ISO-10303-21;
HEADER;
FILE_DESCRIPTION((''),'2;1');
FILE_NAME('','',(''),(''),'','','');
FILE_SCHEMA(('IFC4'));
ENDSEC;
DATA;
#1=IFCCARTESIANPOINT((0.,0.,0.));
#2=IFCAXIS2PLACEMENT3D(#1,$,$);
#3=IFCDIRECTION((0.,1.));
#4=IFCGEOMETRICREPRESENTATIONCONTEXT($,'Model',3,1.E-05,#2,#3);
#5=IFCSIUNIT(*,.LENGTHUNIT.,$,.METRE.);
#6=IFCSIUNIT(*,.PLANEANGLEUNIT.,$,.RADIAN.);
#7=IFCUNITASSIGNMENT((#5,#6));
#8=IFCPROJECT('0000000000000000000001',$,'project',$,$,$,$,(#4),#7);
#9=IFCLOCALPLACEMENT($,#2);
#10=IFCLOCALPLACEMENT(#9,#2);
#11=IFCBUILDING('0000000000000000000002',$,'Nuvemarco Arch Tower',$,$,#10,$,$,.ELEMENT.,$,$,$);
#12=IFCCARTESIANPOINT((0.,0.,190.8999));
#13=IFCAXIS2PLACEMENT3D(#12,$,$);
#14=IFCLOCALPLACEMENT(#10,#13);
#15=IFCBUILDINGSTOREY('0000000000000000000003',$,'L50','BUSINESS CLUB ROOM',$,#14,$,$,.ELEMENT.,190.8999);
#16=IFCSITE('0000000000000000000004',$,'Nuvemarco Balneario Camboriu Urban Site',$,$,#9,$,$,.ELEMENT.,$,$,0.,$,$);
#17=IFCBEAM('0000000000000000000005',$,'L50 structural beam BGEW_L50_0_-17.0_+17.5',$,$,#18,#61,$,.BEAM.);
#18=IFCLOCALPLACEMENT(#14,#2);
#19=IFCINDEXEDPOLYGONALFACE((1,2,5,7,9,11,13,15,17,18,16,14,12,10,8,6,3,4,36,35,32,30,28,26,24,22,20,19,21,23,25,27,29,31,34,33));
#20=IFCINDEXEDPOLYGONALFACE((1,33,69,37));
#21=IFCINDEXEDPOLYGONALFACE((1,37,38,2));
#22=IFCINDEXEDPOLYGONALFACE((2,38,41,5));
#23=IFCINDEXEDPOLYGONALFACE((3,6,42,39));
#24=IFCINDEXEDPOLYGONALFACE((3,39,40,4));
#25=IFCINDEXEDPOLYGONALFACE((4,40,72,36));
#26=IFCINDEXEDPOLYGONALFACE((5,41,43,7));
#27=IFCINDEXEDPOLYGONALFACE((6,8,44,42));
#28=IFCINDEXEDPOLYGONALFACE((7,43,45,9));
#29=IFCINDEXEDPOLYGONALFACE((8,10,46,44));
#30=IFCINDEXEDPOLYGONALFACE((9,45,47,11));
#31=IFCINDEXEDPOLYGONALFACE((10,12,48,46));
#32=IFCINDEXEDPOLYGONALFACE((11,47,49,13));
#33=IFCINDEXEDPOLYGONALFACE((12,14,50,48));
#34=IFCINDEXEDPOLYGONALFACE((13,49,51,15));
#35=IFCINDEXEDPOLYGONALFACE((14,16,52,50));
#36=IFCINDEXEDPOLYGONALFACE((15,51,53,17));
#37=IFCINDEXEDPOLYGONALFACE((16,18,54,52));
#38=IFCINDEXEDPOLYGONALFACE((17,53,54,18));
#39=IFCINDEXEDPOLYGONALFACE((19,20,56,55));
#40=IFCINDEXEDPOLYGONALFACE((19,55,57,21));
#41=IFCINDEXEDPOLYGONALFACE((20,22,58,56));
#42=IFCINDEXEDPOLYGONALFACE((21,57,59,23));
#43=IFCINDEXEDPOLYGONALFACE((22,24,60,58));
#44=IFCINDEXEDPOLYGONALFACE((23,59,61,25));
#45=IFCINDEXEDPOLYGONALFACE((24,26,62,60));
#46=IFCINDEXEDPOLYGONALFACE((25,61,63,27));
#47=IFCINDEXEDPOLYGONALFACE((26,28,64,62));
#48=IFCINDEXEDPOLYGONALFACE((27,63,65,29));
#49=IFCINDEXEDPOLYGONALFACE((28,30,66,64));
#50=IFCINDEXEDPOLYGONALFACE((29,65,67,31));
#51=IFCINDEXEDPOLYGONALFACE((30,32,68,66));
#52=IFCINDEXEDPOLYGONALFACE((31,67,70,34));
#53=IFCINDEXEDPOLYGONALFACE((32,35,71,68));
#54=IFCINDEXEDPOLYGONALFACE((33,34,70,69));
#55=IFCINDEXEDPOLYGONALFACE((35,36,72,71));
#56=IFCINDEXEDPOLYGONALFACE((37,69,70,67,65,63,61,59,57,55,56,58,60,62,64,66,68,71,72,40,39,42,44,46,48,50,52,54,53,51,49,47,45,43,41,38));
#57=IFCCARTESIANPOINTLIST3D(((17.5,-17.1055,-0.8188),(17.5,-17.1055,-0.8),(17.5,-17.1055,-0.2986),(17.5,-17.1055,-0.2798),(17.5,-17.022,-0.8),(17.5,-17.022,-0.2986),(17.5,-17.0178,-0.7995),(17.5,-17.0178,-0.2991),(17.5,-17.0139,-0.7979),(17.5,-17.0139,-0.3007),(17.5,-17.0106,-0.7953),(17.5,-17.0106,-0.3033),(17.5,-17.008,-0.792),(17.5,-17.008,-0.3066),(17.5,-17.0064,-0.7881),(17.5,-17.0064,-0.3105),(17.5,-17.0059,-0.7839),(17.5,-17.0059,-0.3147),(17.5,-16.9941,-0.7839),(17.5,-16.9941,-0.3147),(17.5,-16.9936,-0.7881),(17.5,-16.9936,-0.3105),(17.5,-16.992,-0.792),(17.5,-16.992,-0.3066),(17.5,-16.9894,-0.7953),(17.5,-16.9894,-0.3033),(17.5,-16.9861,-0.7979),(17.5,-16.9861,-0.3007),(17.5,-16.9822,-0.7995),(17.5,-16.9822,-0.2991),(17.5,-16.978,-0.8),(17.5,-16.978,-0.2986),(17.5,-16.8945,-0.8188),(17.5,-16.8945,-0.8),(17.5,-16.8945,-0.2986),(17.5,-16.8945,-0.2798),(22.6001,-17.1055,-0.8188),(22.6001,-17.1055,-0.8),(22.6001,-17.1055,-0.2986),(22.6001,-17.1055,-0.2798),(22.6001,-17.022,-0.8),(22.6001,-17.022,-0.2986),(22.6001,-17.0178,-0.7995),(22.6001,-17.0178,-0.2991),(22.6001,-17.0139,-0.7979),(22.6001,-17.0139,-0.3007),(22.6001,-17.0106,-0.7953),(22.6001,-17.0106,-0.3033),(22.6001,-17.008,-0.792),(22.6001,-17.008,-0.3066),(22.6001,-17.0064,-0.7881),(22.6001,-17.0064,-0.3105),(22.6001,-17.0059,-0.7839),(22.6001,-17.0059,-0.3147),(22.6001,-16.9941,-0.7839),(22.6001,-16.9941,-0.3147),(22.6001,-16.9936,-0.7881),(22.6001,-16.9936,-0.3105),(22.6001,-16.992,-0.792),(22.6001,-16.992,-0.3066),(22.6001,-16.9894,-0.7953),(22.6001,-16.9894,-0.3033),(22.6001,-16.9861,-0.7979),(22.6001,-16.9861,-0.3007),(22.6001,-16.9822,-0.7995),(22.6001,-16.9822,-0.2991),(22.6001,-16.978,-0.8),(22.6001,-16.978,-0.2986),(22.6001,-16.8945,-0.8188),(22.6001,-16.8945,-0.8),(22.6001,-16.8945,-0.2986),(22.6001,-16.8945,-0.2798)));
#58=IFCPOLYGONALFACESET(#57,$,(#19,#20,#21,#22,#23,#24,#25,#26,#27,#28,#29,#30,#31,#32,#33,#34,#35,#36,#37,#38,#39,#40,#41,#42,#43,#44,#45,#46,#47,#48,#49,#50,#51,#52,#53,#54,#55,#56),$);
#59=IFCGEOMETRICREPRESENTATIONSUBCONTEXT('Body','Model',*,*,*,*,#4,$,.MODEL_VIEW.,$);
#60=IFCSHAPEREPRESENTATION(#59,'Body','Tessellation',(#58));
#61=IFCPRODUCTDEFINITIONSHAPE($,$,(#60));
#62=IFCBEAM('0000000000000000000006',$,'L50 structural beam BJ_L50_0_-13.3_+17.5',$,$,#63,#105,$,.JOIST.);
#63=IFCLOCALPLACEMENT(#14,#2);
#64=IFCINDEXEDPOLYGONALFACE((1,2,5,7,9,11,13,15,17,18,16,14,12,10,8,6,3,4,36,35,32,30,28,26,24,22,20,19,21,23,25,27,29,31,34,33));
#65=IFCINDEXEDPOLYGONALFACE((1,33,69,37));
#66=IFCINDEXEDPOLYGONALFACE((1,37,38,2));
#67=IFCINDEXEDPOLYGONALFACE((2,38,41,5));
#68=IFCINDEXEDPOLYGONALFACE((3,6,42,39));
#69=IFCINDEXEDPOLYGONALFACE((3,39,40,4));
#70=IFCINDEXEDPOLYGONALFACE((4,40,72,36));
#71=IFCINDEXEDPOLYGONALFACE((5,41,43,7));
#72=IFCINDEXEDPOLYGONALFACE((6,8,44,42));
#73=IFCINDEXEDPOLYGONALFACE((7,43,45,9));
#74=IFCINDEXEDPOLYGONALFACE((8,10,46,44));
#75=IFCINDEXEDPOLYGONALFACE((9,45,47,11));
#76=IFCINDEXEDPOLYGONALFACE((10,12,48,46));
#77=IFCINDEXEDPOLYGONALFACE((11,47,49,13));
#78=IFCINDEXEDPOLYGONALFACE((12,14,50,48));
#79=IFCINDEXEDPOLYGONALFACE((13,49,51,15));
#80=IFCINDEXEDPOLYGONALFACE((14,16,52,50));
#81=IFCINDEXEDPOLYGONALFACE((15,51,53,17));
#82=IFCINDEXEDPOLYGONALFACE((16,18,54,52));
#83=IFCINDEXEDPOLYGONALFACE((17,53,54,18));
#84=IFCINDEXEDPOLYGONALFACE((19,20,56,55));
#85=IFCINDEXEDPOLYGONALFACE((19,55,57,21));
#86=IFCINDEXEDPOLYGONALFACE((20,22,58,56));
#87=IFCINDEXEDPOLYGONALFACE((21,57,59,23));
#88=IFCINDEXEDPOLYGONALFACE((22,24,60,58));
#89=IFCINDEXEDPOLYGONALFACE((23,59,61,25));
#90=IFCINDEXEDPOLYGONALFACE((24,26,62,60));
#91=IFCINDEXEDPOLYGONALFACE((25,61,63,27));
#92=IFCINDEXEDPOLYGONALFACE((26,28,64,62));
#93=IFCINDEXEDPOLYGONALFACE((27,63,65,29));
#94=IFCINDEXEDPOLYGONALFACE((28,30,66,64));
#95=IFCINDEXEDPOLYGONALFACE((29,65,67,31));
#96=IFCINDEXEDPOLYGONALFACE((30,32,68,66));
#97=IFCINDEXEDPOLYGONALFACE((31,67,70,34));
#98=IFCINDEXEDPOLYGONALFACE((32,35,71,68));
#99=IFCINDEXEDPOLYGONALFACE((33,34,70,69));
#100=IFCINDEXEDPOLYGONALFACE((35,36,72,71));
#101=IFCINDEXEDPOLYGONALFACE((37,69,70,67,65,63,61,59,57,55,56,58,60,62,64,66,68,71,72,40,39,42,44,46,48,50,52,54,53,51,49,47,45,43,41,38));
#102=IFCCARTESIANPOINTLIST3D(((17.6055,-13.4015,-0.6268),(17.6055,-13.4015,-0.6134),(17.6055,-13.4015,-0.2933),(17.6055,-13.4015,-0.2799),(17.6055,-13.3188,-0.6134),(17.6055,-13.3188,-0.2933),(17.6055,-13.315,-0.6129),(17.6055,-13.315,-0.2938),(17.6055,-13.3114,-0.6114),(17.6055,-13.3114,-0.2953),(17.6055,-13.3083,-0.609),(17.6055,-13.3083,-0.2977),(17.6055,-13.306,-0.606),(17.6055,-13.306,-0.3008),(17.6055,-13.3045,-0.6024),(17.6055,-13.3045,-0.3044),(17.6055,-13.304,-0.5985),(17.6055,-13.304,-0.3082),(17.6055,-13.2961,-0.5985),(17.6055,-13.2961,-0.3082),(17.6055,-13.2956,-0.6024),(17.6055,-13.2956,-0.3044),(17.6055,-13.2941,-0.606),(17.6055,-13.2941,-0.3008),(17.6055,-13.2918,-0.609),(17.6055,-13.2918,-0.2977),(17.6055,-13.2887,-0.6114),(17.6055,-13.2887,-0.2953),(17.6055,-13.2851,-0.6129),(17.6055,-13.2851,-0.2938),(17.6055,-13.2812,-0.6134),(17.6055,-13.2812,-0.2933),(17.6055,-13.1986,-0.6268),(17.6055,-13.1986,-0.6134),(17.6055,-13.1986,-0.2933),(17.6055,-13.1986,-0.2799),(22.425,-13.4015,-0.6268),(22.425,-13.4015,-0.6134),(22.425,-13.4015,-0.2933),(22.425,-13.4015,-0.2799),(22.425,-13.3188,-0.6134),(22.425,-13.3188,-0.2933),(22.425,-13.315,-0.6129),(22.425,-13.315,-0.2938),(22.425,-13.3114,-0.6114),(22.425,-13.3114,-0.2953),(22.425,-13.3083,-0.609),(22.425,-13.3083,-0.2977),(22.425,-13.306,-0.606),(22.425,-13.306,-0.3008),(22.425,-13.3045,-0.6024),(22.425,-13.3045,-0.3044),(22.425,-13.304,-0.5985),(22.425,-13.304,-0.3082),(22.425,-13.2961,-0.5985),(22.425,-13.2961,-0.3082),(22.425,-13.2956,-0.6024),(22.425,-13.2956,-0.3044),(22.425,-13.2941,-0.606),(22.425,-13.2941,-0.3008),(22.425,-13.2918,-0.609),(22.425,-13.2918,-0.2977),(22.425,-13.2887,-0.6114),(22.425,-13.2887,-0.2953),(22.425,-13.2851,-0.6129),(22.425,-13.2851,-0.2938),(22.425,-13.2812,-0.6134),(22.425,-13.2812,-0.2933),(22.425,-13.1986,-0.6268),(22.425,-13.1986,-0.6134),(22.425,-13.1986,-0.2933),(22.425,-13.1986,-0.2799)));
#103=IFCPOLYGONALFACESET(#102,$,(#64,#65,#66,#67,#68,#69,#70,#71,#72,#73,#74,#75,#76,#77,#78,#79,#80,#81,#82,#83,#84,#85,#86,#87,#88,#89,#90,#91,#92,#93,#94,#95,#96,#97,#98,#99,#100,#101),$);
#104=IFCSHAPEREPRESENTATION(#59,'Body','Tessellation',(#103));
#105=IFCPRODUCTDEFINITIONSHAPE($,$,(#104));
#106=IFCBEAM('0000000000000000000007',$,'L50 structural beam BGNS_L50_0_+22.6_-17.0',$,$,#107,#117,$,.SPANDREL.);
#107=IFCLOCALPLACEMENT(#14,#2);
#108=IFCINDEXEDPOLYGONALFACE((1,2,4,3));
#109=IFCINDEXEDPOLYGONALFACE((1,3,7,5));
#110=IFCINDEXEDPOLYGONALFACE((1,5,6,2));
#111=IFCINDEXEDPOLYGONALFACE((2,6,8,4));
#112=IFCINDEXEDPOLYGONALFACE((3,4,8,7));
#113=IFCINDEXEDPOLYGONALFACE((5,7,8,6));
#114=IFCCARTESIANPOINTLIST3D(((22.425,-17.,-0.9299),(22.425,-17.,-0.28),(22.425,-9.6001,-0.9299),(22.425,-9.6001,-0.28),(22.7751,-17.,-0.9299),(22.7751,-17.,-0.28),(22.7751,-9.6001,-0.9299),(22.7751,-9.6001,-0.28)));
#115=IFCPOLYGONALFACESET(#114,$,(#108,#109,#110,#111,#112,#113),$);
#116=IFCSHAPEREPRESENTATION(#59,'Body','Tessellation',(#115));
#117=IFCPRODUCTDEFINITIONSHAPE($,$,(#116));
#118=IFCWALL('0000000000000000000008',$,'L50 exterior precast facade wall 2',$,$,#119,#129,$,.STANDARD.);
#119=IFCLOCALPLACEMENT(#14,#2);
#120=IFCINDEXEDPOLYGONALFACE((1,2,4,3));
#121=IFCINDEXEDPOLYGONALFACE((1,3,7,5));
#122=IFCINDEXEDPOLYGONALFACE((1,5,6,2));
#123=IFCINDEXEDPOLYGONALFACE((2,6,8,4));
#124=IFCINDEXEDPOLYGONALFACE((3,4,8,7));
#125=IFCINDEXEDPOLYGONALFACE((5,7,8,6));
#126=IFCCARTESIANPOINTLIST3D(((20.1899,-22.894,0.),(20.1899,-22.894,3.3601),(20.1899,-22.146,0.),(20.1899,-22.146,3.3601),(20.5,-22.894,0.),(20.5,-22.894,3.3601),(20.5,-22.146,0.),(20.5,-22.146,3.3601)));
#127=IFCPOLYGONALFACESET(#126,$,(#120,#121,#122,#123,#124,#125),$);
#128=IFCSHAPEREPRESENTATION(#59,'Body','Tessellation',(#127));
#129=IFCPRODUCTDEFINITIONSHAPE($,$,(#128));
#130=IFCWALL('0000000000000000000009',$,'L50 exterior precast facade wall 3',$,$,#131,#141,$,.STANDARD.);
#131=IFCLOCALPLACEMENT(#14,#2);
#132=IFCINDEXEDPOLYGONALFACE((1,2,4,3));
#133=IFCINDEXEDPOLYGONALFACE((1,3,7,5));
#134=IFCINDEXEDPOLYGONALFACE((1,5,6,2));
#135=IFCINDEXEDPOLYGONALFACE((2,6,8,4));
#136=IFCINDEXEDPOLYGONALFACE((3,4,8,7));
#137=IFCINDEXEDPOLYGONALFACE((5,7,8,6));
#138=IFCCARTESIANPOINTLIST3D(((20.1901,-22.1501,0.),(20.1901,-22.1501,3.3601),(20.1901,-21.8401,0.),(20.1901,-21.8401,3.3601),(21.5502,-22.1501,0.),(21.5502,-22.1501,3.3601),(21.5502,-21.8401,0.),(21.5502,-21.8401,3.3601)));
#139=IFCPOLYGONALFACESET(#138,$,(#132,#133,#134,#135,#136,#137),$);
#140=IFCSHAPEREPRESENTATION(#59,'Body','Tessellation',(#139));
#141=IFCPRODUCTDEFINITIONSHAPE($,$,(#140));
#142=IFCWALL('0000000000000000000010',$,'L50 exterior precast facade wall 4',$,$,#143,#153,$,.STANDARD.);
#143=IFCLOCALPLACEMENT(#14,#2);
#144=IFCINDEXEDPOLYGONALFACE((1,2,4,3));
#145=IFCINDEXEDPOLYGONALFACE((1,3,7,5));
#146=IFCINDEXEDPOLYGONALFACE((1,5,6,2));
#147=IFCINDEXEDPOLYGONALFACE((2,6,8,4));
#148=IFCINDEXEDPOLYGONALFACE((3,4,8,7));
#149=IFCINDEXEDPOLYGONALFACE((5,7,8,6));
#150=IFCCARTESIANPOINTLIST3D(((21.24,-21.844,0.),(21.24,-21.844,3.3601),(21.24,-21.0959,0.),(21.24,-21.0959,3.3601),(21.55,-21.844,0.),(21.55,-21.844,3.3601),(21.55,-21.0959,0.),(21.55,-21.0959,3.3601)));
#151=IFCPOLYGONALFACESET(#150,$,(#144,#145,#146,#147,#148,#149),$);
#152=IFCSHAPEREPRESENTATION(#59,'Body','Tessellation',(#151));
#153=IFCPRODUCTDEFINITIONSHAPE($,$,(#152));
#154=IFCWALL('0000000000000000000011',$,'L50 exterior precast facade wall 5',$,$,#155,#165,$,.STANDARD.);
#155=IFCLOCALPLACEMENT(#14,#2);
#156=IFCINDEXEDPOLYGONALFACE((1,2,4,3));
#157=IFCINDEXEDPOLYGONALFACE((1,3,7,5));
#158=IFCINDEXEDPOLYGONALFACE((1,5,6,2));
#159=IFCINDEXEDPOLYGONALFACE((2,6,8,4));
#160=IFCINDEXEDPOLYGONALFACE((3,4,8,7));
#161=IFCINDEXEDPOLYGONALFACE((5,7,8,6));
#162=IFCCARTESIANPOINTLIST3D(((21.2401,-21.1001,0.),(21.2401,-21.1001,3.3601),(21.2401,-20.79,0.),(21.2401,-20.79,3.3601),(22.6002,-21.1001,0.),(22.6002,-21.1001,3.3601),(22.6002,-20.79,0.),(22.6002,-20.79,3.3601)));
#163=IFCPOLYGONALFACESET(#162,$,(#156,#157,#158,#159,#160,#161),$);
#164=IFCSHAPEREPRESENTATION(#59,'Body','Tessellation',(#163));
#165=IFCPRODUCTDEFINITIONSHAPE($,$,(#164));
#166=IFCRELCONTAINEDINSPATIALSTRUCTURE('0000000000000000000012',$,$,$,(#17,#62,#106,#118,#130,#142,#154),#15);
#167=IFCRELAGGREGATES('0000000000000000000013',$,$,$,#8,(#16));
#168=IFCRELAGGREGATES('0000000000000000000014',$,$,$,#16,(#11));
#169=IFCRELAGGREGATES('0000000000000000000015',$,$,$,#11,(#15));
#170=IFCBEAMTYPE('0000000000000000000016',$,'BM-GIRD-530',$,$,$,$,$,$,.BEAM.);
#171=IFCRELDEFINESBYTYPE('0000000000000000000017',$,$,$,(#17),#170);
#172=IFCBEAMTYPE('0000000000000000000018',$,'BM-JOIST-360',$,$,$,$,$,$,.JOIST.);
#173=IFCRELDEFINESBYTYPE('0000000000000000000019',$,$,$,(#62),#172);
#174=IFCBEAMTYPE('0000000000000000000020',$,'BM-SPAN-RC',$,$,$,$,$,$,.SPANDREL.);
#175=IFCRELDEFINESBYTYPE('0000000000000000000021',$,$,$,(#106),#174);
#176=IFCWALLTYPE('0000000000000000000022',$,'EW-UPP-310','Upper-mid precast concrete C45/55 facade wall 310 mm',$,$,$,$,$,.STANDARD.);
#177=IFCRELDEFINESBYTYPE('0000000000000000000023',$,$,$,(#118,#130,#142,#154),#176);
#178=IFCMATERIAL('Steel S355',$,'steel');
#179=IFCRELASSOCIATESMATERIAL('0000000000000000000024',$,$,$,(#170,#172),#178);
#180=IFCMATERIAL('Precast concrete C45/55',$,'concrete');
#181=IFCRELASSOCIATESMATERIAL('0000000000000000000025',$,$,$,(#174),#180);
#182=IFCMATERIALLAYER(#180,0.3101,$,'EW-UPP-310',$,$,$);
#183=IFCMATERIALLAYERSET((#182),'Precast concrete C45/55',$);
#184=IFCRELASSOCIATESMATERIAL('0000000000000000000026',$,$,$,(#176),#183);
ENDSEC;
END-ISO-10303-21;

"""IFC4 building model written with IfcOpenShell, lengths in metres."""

from ifc_helpers import new_model, si_unit, direction, frame, frame_2d, origin, origin_2d, place, context, subcontext, project, spatial, rectangle, i_section, extrude, material, layer, layer_set, material_profile, profile_set, type_object, element, save


model = new_model("IFC4")

# Units and contexts
model_context = context("Model", 3, precision=1e-05, world=origin(), true_north=direction((0.0, 1.0)))
body_context = subcontext(model_context, "Body", "Model", "MODEL_VIEW")
ifc_project = project(units=[si_unit("LENGTHUNIT", "METRE"), si_unit("PLANEANGLEUNIT", "RADIAN")], contexts=[model_context])

# Site, building, storey
site_placement = place(None, origin())
site = spatial("IfcSite", under=ifc_project, at=site_placement, Name="Nuvemarco Balneario Camboriu Urban Site", CompositionType="ELEMENT", RefElevation=0.0)
building_placement = place(site_placement, origin())
building = spatial("IfcBuilding", under=site, at=building_placement, Name="Nuvemarco Arch Tower", CompositionType="ELEMENT")
storey_placement = place(building_placement, frame((0.0, 0.0, 190.8999)))
storey = spatial("IfcBuildingStorey", under=building, at=storey_placement, Name="L50", Description="BUSINESS CLUB ROOM", CompositionType="ELEMENT", Elevation=190.8999)

# Shared definitions
ifc_material_1 = material(Name="Steel S355", Category="steel")

# Beams
ifc_material_profile_1 = material_profile(ifc_material_1, i_section(OverallWidth=0.2109, OverallDepth=0.5391, WebThickness=0.0117, FlangeThickness=0.0188, FilletRadius=0.0161, at=origin_2d()), Name="W530x109")
ifc_profile_set_1 = profile_set([ifc_material_profile_1], Name="Steel S355")
beam_type_1 = type_object("IfcBeamType", Name="BM-GIRD-530", PredefinedType="BEAM", material=ifc_profile_set_1)
beam_1_placement = place(storey_placement, frame((17.5, -17.0, -0.5493), z_axis=(1.0, 0.0, 0.0), x_axis=(0.0, 1.0, 0.0)))
element("IfcBeam", 1, at=beam_1_placement, inside=storey, type_object=beam_type_1, Name="L50 structural beam BGEW_L50_0_-17.0_+17.5", PredefinedType="BEAM", context=body_context, shape_type="SweptSolid", body=[
    extrude(i_section(OverallWidth=0.2109, OverallDepth=0.5391, WebThickness=0.0117, FlangeThickness=0.0188, FilletRadius=0.0161, at=origin_2d()), origin(), (0.0, 0.0, 1.0), 5.1001),
])
ifc_material_profile_2 = material_profile(ifc_material_1, i_section(OverallWidth=0.2029, OverallDepth=0.3469, WebThickness=0.0078, FlangeThickness=0.0134, FilletRadius=0.0149, at=origin_2d()), Name="W360x64")
ifc_profile_set_2 = profile_set([ifc_material_profile_2], Name="Steel S355")
beam_type_2 = type_object("IfcBeamType", Name="BM-JOIST-360", PredefinedType="JOIST", material=ifc_profile_set_2)
beam_2_placement = place(storey_placement, frame((17.6055, -13.3, -0.4534), z_axis=(1.0, 0.0, 0.0), x_axis=(0.0, 1.0, 0.0)))
element("IfcBeam", 2, at=beam_2_placement, inside=storey, type_object=beam_type_2, Name="L50 structural beam BJ_L50_0_-13.3_+17.5", PredefinedType="JOIST", context=body_context, shape_type="SweptSolid", body=[
    extrude(i_section(OverallWidth=0.2029, OverallDepth=0.3469, WebThickness=0.0078, FlangeThickness=0.0134, FilletRadius=0.0149, at=origin_2d()), origin(), (0.0, 0.0, 1.0), 4.8196),
])
ifc_material_2 = material(Name="Precast concrete C45/55", Category="concrete")
ifc_material_profile_3 = material_profile(ifc_material_2, rectangle(XDim=0.3501, YDim=0.6499, at=origin_2d()), Name="PC-SP-350x650")
ifc_profile_set_3 = profile_set([ifc_material_profile_3], Name="Precast concrete C45/55")
beam_type_3 = type_object("IfcBeamType", Name="BM-SPAN-RC", PredefinedType="SPANDREL", material=ifc_profile_set_3)
beam_3_placement = place(storey_placement, frame((22.6001, -17.0, -0.605), z_axis=(0.0, 1.0, 0.0), x_axis=(-1.0, 0.0, 0.0)))
element("IfcBeam", 3, at=beam_3_placement, inside=storey, type_object=beam_type_3, Name="L50 structural beam BGNS_L50_0_+22.6_-17.0", PredefinedType="SPANDREL", context=body_context, shape_type="SweptSolid", body=[
    extrude(rectangle(XDim=0.3501, YDim=0.6499, at=origin_2d()), origin(), (0.0, 0.0, 1.0), 7.3999),
])

# Walls
ifc_layer_1 = layer(ifc_material_2, 0.3101, Name="EW-UPP-310")
ifc_layer_set_1 = layer_set([ifc_layer_1], Name="Precast concrete C45/55")
wall_type_1 = type_object("IfcWallType", Name="EW-UPP-310", Description="Upper-mid precast concrete C45/55 facade wall 310 mm", PredefinedType="STANDARD", material=ifc_layer_set_1)
wall_1_placement = place(storey_placement, frame((20.345, -22.894, 0.0), z_axis=(0.0, 0.0, 1.0), x_axis=(0.0, 1.0, 0.0)))
element("IfcWall", 4, at=wall_1_placement, inside=storey, type_object=wall_type_1, Name="L50 exterior precast facade wall 2", PredefinedType="STANDARD", context=body_context, shape_type="SweptSolid", body=[
    extrude(rectangle(XDim=0.748, YDim=0.3101, at=frame_2d((0.374, 0.0))), origin(), (0.0, 0.0, 1.0), 3.3601),
])
wall_2_placement = place(storey_placement, frame((20.1899, -21.9951, 0.0), z_axis=(0.0, 0.0, 1.0), x_axis=(1.0, 0.0, 0.0)))
element("IfcWall", 5, at=wall_2_placement, inside=storey, type_object=wall_type_1, Name="L50 exterior precast facade wall 3", PredefinedType="STANDARD", context=body_context, shape_type="SweptSolid", body=[
    extrude(rectangle(XDim=1.3601, YDim=0.3101, at=frame_2d((0.6802, 0.0))), origin(), (0.0, 0.0, 1.0), 3.3601),
])
wall_3_placement = place(storey_placement, frame((21.395, -21.844, 0.0), z_axis=(0.0, 0.0, 1.0), x_axis=(0.0, 1.0, 0.0)))
element("IfcWall", 6, at=wall_3_placement, inside=storey, type_object=wall_type_1, Name="L50 exterior precast facade wall 4", PredefinedType="STANDARD", context=body_context, shape_type="SweptSolid", body=[
    extrude(rectangle(XDim=0.748, YDim=0.3101, at=frame_2d((0.374, 0.0))), origin(), (0.0, 0.0, 1.0), 3.3601),
])
wall_4_placement = place(storey_placement, frame((21.24, -20.9451, 0.0), z_axis=(0.0, 0.0, 1.0), x_axis=(1.0, 0.0, 0.0)))
element("IfcWall", 7, at=wall_4_placement, inside=storey, type_object=wall_type_1, Name="L50 exterior precast facade wall 5", PredefinedType="STANDARD", context=body_context, shape_type="SweptSolid", body=[
    extrude(rectangle(XDim=1.3601, YDim=0.3101, at=frame_2d((0.6802, 0.0))), origin(), (0.0, 0.0, 1.0), 3.3601),
])

save(model, "model.ifc")
